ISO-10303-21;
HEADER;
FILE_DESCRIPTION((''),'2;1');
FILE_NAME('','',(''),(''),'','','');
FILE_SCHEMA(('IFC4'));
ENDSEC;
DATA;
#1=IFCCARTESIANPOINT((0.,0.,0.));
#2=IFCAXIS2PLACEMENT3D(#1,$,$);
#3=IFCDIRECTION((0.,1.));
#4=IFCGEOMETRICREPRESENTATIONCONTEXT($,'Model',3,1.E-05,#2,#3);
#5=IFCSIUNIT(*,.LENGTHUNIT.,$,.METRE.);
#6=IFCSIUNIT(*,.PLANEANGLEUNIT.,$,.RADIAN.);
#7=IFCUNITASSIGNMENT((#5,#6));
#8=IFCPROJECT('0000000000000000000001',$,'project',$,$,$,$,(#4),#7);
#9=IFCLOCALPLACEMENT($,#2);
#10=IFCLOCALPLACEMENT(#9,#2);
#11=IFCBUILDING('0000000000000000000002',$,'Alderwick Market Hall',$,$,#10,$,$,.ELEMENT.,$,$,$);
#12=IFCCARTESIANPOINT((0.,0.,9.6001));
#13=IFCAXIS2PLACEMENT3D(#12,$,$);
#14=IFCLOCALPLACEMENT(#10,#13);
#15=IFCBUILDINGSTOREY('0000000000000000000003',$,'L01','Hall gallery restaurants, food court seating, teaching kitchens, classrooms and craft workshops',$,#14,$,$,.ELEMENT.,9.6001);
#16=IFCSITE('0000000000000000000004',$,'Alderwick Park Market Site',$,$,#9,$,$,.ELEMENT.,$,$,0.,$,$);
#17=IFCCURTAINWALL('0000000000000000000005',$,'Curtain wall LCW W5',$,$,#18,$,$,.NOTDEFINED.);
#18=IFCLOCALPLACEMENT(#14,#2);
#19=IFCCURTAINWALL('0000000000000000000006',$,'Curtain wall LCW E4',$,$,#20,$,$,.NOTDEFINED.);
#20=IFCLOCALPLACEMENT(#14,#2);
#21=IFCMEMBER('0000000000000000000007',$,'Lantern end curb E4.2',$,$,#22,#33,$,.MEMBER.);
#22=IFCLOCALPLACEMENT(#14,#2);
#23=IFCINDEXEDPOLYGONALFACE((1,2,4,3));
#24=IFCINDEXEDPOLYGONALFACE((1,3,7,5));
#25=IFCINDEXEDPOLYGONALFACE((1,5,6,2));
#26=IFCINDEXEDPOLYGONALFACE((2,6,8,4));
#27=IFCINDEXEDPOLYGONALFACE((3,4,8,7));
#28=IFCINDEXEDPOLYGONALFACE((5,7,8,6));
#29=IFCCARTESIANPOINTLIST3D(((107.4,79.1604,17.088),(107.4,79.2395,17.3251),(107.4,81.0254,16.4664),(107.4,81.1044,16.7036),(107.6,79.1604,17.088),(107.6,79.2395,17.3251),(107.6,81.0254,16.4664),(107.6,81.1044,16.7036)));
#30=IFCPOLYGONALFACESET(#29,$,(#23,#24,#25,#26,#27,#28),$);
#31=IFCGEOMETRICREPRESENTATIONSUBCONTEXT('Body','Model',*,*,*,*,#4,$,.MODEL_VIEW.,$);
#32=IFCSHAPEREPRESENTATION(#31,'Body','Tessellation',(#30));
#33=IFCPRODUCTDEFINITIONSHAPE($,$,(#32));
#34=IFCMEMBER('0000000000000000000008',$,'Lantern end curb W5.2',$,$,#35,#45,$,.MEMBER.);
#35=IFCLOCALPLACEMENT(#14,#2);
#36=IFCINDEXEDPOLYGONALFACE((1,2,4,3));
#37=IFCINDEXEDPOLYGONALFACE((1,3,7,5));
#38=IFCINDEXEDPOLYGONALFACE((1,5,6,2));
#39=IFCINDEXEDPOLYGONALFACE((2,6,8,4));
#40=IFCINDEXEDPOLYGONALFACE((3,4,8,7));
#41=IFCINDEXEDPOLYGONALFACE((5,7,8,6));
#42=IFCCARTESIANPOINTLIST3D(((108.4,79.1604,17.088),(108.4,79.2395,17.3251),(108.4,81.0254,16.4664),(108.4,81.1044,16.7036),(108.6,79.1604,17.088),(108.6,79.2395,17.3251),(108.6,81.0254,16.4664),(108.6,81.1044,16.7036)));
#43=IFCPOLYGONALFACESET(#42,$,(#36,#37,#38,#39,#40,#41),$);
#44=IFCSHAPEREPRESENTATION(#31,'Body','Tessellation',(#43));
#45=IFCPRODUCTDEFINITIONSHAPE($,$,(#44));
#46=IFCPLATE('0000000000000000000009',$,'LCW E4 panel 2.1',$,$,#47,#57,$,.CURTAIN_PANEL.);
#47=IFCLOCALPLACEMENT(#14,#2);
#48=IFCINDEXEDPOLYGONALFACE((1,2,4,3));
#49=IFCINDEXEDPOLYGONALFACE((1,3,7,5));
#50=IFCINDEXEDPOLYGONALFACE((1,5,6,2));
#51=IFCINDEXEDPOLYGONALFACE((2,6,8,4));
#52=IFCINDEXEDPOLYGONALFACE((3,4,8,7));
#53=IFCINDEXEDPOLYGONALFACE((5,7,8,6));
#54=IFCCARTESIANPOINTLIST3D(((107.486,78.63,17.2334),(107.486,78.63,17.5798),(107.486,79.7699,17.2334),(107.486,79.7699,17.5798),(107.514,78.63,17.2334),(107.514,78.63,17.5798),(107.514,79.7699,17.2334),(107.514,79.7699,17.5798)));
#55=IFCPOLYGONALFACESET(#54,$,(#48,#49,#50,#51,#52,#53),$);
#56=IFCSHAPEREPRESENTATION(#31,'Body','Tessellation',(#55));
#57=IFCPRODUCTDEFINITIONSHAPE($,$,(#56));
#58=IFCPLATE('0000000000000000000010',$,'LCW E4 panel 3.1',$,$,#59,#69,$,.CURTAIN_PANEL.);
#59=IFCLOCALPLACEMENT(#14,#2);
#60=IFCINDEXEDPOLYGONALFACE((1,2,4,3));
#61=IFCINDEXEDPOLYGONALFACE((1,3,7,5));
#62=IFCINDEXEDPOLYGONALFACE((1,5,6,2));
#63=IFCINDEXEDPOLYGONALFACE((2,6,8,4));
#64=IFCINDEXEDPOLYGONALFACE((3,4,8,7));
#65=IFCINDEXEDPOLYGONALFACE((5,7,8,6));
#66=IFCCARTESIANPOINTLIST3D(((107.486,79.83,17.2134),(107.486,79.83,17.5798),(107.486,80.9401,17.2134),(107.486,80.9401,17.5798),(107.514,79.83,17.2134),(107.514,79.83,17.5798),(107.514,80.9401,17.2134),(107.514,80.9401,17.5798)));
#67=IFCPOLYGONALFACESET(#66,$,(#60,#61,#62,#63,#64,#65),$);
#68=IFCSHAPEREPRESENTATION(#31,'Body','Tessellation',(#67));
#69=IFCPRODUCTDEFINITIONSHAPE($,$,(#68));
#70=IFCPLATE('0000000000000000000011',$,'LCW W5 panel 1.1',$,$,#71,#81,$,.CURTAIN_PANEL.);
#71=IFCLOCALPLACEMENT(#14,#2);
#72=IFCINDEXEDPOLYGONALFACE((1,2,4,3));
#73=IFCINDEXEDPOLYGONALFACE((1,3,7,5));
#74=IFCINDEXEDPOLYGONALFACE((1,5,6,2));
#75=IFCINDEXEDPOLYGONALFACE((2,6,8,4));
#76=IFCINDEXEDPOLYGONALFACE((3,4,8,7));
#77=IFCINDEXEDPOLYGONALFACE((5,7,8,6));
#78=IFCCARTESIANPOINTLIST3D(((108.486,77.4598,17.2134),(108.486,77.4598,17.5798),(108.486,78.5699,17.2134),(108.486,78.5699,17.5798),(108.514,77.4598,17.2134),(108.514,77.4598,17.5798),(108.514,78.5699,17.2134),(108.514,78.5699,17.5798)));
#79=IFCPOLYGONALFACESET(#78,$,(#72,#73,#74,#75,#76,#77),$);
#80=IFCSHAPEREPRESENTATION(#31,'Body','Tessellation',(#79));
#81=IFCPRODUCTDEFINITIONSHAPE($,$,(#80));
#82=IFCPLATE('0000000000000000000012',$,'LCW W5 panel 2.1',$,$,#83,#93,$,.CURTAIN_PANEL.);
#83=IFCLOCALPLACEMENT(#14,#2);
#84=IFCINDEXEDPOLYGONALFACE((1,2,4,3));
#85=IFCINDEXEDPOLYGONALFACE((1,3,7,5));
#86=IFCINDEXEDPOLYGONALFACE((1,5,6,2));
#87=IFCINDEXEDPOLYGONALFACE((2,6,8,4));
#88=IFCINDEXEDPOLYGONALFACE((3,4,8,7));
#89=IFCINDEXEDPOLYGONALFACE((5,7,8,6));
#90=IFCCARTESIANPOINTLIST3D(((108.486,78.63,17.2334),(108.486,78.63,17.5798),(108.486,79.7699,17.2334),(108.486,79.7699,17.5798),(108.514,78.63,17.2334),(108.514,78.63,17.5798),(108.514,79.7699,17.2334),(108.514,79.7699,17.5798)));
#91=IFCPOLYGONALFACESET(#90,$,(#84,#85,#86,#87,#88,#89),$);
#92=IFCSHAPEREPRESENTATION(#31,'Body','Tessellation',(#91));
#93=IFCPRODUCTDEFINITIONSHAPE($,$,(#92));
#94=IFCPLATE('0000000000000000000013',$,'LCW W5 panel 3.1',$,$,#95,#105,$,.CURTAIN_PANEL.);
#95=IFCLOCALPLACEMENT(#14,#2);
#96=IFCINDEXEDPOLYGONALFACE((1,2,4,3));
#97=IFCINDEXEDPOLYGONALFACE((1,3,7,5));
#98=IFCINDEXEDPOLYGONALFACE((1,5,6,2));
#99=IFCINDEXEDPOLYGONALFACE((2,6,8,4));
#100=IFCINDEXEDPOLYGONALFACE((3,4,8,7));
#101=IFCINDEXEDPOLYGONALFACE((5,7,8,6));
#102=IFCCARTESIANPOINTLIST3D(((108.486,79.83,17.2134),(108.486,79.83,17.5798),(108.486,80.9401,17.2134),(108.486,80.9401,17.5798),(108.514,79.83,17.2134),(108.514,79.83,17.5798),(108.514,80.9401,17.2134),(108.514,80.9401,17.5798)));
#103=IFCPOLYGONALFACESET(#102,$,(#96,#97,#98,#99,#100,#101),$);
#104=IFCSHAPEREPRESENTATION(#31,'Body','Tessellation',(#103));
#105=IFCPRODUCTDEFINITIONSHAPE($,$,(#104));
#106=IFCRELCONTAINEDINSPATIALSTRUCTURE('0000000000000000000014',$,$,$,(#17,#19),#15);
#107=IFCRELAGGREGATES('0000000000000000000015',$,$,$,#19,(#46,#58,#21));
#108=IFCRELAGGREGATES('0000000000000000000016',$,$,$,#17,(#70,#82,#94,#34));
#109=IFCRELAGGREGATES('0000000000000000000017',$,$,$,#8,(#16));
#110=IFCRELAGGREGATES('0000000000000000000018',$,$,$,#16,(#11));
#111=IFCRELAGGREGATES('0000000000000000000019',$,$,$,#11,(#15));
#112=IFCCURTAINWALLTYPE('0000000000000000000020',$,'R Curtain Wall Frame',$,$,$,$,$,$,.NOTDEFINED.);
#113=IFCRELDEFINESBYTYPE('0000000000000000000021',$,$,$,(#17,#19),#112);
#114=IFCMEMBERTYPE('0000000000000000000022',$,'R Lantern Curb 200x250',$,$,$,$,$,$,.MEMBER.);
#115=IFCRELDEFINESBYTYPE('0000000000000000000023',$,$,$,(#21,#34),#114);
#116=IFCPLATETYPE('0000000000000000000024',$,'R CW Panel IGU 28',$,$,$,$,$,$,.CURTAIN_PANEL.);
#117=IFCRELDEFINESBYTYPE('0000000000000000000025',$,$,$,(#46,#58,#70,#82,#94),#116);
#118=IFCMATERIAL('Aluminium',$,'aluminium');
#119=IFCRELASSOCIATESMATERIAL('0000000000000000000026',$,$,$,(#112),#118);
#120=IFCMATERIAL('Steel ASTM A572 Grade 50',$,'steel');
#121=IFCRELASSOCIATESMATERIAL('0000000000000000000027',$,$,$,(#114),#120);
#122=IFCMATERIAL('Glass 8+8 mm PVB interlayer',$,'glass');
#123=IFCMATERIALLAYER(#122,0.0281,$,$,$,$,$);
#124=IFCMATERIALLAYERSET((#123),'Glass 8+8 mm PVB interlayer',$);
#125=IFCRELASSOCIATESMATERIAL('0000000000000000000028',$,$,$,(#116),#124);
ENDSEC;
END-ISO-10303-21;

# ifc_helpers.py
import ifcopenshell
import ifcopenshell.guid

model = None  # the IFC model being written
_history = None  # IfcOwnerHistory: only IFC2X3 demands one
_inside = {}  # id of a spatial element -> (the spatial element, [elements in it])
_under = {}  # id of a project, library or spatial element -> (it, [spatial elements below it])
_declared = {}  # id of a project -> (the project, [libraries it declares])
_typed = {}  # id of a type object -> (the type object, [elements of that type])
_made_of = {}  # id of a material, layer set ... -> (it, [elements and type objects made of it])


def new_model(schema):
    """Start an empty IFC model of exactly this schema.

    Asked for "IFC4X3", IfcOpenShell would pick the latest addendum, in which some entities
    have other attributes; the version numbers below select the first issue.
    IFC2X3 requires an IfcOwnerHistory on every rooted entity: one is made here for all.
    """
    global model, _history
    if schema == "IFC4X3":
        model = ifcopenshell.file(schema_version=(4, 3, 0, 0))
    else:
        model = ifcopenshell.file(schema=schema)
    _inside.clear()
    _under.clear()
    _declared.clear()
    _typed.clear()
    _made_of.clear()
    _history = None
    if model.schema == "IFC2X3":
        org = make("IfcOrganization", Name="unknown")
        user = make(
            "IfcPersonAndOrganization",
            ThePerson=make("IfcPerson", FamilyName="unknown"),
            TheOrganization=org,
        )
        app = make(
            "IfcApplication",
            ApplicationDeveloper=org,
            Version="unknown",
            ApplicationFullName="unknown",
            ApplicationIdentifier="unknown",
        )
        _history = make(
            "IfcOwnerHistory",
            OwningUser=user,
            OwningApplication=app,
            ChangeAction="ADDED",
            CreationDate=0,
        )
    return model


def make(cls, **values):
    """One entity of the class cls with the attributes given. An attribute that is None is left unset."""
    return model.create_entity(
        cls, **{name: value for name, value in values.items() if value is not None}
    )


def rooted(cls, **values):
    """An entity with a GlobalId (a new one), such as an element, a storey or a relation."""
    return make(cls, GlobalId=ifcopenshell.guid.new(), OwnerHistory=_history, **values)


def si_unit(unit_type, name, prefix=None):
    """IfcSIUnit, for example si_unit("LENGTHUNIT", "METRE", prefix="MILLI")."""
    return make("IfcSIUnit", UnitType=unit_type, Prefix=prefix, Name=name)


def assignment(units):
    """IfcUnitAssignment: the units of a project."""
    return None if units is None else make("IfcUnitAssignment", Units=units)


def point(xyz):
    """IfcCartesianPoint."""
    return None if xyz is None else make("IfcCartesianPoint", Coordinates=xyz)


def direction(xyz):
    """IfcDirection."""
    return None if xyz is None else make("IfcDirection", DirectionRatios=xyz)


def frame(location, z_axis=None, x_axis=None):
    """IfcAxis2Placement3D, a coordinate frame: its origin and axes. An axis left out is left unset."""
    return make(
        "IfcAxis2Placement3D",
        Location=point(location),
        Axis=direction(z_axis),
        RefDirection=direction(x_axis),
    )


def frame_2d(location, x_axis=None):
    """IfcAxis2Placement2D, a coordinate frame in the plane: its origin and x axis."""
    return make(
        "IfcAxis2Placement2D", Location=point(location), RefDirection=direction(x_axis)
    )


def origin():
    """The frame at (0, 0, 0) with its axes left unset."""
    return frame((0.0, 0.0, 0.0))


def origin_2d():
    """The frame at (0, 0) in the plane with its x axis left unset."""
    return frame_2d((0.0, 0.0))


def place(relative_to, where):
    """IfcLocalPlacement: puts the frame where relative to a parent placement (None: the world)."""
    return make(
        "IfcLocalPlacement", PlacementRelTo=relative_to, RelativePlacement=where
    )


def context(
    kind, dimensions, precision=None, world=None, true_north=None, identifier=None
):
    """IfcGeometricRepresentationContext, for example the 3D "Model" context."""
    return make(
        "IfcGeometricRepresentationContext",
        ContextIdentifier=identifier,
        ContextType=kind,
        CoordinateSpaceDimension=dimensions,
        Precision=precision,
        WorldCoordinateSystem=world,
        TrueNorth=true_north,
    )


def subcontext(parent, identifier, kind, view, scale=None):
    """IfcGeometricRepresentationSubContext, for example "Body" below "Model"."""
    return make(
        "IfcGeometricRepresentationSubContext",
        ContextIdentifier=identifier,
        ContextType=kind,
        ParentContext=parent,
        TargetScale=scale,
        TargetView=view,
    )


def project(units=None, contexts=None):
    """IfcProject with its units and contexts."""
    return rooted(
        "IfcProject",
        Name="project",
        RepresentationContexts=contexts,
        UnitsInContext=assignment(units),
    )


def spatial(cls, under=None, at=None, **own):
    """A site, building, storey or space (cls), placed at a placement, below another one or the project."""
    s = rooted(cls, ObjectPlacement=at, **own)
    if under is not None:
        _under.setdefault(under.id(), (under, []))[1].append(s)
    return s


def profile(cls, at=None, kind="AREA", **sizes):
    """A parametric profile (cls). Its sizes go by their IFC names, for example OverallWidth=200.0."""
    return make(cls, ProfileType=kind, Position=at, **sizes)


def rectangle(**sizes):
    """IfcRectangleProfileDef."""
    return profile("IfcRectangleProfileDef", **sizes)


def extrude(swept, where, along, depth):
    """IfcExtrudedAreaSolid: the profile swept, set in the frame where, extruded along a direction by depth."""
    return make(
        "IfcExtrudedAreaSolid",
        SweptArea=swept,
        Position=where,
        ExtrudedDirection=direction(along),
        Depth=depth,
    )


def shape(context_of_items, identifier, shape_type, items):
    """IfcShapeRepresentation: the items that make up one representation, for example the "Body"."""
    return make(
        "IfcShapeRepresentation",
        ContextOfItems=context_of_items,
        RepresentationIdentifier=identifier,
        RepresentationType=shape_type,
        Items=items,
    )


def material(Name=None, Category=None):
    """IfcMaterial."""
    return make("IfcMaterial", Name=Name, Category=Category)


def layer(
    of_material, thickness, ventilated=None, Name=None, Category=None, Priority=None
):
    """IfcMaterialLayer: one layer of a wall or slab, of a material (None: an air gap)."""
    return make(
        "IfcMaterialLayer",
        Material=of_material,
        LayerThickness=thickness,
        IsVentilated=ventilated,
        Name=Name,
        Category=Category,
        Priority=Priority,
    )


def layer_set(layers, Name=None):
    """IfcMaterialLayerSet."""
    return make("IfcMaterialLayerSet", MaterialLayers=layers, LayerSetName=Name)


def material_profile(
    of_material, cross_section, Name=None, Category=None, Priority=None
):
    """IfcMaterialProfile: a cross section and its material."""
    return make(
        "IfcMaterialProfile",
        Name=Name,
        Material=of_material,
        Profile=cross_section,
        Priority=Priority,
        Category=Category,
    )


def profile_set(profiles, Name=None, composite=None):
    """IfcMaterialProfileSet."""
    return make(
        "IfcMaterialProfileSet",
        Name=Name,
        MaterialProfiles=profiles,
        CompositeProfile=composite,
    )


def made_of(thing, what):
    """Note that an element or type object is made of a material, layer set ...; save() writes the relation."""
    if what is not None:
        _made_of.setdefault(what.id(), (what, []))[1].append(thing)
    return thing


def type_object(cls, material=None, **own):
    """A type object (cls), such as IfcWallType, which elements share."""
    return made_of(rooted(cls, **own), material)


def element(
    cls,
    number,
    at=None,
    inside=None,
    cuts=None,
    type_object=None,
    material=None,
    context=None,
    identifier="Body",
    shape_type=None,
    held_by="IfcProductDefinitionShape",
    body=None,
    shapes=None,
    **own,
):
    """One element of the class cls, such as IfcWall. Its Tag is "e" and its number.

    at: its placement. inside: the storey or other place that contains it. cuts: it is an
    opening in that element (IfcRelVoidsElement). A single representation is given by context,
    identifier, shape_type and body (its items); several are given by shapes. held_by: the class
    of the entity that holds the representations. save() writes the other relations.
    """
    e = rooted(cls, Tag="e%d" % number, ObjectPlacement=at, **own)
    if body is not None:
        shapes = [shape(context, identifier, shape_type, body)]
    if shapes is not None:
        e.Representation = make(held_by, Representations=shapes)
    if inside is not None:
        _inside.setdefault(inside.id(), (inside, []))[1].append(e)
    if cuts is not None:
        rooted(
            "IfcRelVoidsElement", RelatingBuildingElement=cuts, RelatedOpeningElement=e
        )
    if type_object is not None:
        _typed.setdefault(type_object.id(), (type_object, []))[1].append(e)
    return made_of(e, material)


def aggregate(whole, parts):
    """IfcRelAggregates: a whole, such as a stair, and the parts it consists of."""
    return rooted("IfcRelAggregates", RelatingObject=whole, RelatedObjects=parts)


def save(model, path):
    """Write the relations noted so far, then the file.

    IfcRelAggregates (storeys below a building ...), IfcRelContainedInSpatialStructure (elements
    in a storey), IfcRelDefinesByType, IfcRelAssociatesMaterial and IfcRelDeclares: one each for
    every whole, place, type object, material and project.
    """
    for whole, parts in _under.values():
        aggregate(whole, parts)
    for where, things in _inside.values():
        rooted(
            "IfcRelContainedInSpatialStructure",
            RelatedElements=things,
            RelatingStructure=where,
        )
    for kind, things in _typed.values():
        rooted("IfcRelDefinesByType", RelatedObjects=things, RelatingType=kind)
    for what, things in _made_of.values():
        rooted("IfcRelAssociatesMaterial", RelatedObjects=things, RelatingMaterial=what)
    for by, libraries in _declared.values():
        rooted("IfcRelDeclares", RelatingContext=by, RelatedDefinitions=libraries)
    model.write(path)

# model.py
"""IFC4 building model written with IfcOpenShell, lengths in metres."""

from ifc_helpers import new_model, si_unit, direction, frame, origin, origin_2d, place, context, subcontext, project, spatial, rectangle, extrude, material, layer, layer_set, material_profile, profile_set, type_object, element, aggregate, save


model = new_model("IFC4")

# Units and contexts
model_context = context("Model", 3, precision=1e-05, world=origin(), true_north=direction((0.0, 1.0)))
body_context = subcontext(model_context, "Body", "Model", "MODEL_VIEW")
ifc_project = project(units=[si_unit("LENGTHUNIT", "METRE"), si_unit("PLANEANGLEUNIT", "RADIAN")], contexts=[model_context])

# Site, building, storey
site_placement = place(None, origin())
site = spatial("IfcSite", under=ifc_project, at=site_placement, Name="Alderwick Park Market Site", CompositionType="ELEMENT", RefElevation=0.0)
building_placement = place(site_placement, origin())
building = spatial("IfcBuilding", under=site, at=building_placement, Name="Alderwick Market Hall", CompositionType="ELEMENT")
storey_placement = place(building_placement, frame((0.0, 0.0, 9.6001)))
storey = spatial("IfcBuildingStorey", under=building, at=storey_placement, Name="L01", Description="Hall gallery restaurants, food court seating, teaching kitchens, classrooms and craft workshops", CompositionType="ELEMENT", Elevation=9.6001)

# Curtain walls
ifc_material_1 = material(Name="Aluminium", Category="aluminium")
curtain_wall_type = type_object("IfcCurtainWallType", Name="R Curtain Wall Frame", PredefinedType="NOTDEFINED", material=ifc_material_1)
curtain_wall_1_placement = place(storey_placement, origin())
curtain_wall_1 = element("IfcCurtainWall", 1, at=curtain_wall_1_placement, inside=storey, type_object=curtain_wall_type, Name="Curtain wall LCW W5", PredefinedType="NOTDEFINED")
curtain_wall_2_placement = place(storey_placement, origin())
curtain_wall_2 = element("IfcCurtainWall", 2, at=curtain_wall_2_placement, inside=storey, type_object=curtain_wall_type, Name="Curtain wall LCW E4", PredefinedType="NOTDEFINED")

# Members
ifc_material_2 = material(Name="Steel ASTM A572 Grade 50", Category="steel")
ifc_material_profile_1 = material_profile(ifc_material_2, rectangle(XDim=0.2, YDim=0.25, at=origin_2d()), Name="Steel plate curb 200x250")
ifc_profile_set_1 = profile_set([ifc_material_profile_1], Name="Steel ASTM A572 Grade 50")
member_type_1 = type_object("IfcMemberType", Name="R Lantern Curb 200x250", PredefinedType="MEMBER", material=ifc_profile_set_1)
member_1_placement = place(storey_placement, frame((107.5, 79.2, 17.2065), z_axis=(0.0, 0.948696, -0.316191), x_axis=(-1.0, 0.0, 0.0)))
member_1 = element("IfcMember", 3, at=member_1_placement, type_object=member_type_1, Name="Lantern end curb E4.2", PredefinedType="MEMBER", context=body_context, shape_type="SweptSolid", body=[
    extrude(rectangle(XDim=0.2, YDim=0.25, at=origin_2d()), origin(), (0.0, 0.0, 1.0), 1.9658),
])
member_2_placement = place(storey_placement, frame((108.5, 79.2, 17.2065), z_axis=(0.0, 0.948696, -0.316191), x_axis=(-1.0, 0.0, 0.0)))
member_2 = element("IfcMember", 4, at=member_2_placement, type_object=member_type_1, Name="Lantern end curb W5.2", PredefinedType="MEMBER", context=body_context, shape_type="SweptSolid", body=[
    extrude(rectangle(XDim=0.2, YDim=0.25, at=origin_2d()), origin(), (0.0, 0.0, 1.0), 1.9658),
])

# Plates
ifc_material_3 = material(Name="Glass 8+8 mm PVB interlayer", Category="glass")
ifc_layer = layer(ifc_material_3, 0.0281)
ifc_layer_set = layer_set([ifc_layer], Name="Glass 8+8 mm PVB interlayer")
plate_type = type_object("IfcPlateType", Name="R CW Panel IGU 28", PredefinedType="CURTAIN_PANEL", material=ifc_layer_set)
plate_1_placement = place(storey_placement, frame((107.5, 79.2, 17.2334), z_axis=(0.0, 0.0, 1.0), x_axis=(1.0, 0.0, 0.0)))
plate_1 = element("IfcPlate", 5, at=plate_1_placement, type_object=plate_type, Name="LCW E4 panel 2.1", PredefinedType="CURTAIN_PANEL", context=body_context, shape_type="SweptSolid", body=[
    extrude(rectangle(XDim=0.0281, YDim=1.1399, at=origin_2d()), origin(), (0.0, 0.0, 1.0), 0.3464),
])
plate_2_placement = place(storey_placement, frame((107.5, 80.385, 17.2134), z_axis=(0.0, 0.0, 1.0), x_axis=(1.0, 0.0, 0.0)))
plate_2 = element("IfcPlate", 6, at=plate_2_placement, type_object=plate_type, Name="LCW E4 panel 3.1", PredefinedType="CURTAIN_PANEL", context=body_context, shape_type="SweptSolid", body=[
    extrude(rectangle(XDim=0.0281, YDim=1.1101, at=origin_2d()), origin(), (0.0, 0.0, 1.0), 0.3665),
])
aggregate(curtain_wall_2, [plate_1, plate_2, member_1])
plate_3_placement = place(storey_placement, frame((108.5, 78.0149, 17.2134), z_axis=(0.0, 0.0, 1.0), x_axis=(1.0, 0.0, 0.0)))
plate_3 = element("IfcPlate", 7, at=plate_3_placement, type_object=plate_type, Name="LCW W5 panel 1.1", PredefinedType="CURTAIN_PANEL", context=body_context, shape_type="SweptSolid", body=[
    extrude(rectangle(XDim=0.0281, YDim=1.1101, at=origin_2d()), origin(), (0.0, 0.0, 1.0), 0.3665),
])
plate_4_placement = place(storey_placement, frame((108.5, 79.2, 17.2334), z_axis=(0.0, 0.0, 1.0), x_axis=(1.0, 0.0, 0.0)))
plate_4 = element("IfcPlate", 8, at=plate_4_placement, type_object=plate_type, Name="LCW W5 panel 2.1", PredefinedType="CURTAIN_PANEL", context=body_context, shape_type="SweptSolid", body=[
    extrude(rectangle(XDim=0.0281, YDim=1.1399, at=origin_2d()), origin(), (0.0, 0.0, 1.0), 0.3464),
])
plate_5_placement = place(storey_placement, frame((108.5, 80.385, 17.2134), z_axis=(0.0, 0.0, 1.0), x_axis=(1.0, 0.0, 0.0)))
plate_5 = element("IfcPlate", 9, at=plate_5_placement, type_object=plate_type, Name="LCW W5 panel 3.1", PredefinedType="CURTAIN_PANEL", context=body_context, shape_type="SweptSolid", body=[
    extrude(rectangle(XDim=0.0281, YDim=1.1101, at=origin_2d()), origin(), (0.0, 0.0, 1.0), 0.3665),
])
aggregate(curtain_wall_1, [plate_3, plate_4, plate_5, member_2])

save(model, "model.ifc")
